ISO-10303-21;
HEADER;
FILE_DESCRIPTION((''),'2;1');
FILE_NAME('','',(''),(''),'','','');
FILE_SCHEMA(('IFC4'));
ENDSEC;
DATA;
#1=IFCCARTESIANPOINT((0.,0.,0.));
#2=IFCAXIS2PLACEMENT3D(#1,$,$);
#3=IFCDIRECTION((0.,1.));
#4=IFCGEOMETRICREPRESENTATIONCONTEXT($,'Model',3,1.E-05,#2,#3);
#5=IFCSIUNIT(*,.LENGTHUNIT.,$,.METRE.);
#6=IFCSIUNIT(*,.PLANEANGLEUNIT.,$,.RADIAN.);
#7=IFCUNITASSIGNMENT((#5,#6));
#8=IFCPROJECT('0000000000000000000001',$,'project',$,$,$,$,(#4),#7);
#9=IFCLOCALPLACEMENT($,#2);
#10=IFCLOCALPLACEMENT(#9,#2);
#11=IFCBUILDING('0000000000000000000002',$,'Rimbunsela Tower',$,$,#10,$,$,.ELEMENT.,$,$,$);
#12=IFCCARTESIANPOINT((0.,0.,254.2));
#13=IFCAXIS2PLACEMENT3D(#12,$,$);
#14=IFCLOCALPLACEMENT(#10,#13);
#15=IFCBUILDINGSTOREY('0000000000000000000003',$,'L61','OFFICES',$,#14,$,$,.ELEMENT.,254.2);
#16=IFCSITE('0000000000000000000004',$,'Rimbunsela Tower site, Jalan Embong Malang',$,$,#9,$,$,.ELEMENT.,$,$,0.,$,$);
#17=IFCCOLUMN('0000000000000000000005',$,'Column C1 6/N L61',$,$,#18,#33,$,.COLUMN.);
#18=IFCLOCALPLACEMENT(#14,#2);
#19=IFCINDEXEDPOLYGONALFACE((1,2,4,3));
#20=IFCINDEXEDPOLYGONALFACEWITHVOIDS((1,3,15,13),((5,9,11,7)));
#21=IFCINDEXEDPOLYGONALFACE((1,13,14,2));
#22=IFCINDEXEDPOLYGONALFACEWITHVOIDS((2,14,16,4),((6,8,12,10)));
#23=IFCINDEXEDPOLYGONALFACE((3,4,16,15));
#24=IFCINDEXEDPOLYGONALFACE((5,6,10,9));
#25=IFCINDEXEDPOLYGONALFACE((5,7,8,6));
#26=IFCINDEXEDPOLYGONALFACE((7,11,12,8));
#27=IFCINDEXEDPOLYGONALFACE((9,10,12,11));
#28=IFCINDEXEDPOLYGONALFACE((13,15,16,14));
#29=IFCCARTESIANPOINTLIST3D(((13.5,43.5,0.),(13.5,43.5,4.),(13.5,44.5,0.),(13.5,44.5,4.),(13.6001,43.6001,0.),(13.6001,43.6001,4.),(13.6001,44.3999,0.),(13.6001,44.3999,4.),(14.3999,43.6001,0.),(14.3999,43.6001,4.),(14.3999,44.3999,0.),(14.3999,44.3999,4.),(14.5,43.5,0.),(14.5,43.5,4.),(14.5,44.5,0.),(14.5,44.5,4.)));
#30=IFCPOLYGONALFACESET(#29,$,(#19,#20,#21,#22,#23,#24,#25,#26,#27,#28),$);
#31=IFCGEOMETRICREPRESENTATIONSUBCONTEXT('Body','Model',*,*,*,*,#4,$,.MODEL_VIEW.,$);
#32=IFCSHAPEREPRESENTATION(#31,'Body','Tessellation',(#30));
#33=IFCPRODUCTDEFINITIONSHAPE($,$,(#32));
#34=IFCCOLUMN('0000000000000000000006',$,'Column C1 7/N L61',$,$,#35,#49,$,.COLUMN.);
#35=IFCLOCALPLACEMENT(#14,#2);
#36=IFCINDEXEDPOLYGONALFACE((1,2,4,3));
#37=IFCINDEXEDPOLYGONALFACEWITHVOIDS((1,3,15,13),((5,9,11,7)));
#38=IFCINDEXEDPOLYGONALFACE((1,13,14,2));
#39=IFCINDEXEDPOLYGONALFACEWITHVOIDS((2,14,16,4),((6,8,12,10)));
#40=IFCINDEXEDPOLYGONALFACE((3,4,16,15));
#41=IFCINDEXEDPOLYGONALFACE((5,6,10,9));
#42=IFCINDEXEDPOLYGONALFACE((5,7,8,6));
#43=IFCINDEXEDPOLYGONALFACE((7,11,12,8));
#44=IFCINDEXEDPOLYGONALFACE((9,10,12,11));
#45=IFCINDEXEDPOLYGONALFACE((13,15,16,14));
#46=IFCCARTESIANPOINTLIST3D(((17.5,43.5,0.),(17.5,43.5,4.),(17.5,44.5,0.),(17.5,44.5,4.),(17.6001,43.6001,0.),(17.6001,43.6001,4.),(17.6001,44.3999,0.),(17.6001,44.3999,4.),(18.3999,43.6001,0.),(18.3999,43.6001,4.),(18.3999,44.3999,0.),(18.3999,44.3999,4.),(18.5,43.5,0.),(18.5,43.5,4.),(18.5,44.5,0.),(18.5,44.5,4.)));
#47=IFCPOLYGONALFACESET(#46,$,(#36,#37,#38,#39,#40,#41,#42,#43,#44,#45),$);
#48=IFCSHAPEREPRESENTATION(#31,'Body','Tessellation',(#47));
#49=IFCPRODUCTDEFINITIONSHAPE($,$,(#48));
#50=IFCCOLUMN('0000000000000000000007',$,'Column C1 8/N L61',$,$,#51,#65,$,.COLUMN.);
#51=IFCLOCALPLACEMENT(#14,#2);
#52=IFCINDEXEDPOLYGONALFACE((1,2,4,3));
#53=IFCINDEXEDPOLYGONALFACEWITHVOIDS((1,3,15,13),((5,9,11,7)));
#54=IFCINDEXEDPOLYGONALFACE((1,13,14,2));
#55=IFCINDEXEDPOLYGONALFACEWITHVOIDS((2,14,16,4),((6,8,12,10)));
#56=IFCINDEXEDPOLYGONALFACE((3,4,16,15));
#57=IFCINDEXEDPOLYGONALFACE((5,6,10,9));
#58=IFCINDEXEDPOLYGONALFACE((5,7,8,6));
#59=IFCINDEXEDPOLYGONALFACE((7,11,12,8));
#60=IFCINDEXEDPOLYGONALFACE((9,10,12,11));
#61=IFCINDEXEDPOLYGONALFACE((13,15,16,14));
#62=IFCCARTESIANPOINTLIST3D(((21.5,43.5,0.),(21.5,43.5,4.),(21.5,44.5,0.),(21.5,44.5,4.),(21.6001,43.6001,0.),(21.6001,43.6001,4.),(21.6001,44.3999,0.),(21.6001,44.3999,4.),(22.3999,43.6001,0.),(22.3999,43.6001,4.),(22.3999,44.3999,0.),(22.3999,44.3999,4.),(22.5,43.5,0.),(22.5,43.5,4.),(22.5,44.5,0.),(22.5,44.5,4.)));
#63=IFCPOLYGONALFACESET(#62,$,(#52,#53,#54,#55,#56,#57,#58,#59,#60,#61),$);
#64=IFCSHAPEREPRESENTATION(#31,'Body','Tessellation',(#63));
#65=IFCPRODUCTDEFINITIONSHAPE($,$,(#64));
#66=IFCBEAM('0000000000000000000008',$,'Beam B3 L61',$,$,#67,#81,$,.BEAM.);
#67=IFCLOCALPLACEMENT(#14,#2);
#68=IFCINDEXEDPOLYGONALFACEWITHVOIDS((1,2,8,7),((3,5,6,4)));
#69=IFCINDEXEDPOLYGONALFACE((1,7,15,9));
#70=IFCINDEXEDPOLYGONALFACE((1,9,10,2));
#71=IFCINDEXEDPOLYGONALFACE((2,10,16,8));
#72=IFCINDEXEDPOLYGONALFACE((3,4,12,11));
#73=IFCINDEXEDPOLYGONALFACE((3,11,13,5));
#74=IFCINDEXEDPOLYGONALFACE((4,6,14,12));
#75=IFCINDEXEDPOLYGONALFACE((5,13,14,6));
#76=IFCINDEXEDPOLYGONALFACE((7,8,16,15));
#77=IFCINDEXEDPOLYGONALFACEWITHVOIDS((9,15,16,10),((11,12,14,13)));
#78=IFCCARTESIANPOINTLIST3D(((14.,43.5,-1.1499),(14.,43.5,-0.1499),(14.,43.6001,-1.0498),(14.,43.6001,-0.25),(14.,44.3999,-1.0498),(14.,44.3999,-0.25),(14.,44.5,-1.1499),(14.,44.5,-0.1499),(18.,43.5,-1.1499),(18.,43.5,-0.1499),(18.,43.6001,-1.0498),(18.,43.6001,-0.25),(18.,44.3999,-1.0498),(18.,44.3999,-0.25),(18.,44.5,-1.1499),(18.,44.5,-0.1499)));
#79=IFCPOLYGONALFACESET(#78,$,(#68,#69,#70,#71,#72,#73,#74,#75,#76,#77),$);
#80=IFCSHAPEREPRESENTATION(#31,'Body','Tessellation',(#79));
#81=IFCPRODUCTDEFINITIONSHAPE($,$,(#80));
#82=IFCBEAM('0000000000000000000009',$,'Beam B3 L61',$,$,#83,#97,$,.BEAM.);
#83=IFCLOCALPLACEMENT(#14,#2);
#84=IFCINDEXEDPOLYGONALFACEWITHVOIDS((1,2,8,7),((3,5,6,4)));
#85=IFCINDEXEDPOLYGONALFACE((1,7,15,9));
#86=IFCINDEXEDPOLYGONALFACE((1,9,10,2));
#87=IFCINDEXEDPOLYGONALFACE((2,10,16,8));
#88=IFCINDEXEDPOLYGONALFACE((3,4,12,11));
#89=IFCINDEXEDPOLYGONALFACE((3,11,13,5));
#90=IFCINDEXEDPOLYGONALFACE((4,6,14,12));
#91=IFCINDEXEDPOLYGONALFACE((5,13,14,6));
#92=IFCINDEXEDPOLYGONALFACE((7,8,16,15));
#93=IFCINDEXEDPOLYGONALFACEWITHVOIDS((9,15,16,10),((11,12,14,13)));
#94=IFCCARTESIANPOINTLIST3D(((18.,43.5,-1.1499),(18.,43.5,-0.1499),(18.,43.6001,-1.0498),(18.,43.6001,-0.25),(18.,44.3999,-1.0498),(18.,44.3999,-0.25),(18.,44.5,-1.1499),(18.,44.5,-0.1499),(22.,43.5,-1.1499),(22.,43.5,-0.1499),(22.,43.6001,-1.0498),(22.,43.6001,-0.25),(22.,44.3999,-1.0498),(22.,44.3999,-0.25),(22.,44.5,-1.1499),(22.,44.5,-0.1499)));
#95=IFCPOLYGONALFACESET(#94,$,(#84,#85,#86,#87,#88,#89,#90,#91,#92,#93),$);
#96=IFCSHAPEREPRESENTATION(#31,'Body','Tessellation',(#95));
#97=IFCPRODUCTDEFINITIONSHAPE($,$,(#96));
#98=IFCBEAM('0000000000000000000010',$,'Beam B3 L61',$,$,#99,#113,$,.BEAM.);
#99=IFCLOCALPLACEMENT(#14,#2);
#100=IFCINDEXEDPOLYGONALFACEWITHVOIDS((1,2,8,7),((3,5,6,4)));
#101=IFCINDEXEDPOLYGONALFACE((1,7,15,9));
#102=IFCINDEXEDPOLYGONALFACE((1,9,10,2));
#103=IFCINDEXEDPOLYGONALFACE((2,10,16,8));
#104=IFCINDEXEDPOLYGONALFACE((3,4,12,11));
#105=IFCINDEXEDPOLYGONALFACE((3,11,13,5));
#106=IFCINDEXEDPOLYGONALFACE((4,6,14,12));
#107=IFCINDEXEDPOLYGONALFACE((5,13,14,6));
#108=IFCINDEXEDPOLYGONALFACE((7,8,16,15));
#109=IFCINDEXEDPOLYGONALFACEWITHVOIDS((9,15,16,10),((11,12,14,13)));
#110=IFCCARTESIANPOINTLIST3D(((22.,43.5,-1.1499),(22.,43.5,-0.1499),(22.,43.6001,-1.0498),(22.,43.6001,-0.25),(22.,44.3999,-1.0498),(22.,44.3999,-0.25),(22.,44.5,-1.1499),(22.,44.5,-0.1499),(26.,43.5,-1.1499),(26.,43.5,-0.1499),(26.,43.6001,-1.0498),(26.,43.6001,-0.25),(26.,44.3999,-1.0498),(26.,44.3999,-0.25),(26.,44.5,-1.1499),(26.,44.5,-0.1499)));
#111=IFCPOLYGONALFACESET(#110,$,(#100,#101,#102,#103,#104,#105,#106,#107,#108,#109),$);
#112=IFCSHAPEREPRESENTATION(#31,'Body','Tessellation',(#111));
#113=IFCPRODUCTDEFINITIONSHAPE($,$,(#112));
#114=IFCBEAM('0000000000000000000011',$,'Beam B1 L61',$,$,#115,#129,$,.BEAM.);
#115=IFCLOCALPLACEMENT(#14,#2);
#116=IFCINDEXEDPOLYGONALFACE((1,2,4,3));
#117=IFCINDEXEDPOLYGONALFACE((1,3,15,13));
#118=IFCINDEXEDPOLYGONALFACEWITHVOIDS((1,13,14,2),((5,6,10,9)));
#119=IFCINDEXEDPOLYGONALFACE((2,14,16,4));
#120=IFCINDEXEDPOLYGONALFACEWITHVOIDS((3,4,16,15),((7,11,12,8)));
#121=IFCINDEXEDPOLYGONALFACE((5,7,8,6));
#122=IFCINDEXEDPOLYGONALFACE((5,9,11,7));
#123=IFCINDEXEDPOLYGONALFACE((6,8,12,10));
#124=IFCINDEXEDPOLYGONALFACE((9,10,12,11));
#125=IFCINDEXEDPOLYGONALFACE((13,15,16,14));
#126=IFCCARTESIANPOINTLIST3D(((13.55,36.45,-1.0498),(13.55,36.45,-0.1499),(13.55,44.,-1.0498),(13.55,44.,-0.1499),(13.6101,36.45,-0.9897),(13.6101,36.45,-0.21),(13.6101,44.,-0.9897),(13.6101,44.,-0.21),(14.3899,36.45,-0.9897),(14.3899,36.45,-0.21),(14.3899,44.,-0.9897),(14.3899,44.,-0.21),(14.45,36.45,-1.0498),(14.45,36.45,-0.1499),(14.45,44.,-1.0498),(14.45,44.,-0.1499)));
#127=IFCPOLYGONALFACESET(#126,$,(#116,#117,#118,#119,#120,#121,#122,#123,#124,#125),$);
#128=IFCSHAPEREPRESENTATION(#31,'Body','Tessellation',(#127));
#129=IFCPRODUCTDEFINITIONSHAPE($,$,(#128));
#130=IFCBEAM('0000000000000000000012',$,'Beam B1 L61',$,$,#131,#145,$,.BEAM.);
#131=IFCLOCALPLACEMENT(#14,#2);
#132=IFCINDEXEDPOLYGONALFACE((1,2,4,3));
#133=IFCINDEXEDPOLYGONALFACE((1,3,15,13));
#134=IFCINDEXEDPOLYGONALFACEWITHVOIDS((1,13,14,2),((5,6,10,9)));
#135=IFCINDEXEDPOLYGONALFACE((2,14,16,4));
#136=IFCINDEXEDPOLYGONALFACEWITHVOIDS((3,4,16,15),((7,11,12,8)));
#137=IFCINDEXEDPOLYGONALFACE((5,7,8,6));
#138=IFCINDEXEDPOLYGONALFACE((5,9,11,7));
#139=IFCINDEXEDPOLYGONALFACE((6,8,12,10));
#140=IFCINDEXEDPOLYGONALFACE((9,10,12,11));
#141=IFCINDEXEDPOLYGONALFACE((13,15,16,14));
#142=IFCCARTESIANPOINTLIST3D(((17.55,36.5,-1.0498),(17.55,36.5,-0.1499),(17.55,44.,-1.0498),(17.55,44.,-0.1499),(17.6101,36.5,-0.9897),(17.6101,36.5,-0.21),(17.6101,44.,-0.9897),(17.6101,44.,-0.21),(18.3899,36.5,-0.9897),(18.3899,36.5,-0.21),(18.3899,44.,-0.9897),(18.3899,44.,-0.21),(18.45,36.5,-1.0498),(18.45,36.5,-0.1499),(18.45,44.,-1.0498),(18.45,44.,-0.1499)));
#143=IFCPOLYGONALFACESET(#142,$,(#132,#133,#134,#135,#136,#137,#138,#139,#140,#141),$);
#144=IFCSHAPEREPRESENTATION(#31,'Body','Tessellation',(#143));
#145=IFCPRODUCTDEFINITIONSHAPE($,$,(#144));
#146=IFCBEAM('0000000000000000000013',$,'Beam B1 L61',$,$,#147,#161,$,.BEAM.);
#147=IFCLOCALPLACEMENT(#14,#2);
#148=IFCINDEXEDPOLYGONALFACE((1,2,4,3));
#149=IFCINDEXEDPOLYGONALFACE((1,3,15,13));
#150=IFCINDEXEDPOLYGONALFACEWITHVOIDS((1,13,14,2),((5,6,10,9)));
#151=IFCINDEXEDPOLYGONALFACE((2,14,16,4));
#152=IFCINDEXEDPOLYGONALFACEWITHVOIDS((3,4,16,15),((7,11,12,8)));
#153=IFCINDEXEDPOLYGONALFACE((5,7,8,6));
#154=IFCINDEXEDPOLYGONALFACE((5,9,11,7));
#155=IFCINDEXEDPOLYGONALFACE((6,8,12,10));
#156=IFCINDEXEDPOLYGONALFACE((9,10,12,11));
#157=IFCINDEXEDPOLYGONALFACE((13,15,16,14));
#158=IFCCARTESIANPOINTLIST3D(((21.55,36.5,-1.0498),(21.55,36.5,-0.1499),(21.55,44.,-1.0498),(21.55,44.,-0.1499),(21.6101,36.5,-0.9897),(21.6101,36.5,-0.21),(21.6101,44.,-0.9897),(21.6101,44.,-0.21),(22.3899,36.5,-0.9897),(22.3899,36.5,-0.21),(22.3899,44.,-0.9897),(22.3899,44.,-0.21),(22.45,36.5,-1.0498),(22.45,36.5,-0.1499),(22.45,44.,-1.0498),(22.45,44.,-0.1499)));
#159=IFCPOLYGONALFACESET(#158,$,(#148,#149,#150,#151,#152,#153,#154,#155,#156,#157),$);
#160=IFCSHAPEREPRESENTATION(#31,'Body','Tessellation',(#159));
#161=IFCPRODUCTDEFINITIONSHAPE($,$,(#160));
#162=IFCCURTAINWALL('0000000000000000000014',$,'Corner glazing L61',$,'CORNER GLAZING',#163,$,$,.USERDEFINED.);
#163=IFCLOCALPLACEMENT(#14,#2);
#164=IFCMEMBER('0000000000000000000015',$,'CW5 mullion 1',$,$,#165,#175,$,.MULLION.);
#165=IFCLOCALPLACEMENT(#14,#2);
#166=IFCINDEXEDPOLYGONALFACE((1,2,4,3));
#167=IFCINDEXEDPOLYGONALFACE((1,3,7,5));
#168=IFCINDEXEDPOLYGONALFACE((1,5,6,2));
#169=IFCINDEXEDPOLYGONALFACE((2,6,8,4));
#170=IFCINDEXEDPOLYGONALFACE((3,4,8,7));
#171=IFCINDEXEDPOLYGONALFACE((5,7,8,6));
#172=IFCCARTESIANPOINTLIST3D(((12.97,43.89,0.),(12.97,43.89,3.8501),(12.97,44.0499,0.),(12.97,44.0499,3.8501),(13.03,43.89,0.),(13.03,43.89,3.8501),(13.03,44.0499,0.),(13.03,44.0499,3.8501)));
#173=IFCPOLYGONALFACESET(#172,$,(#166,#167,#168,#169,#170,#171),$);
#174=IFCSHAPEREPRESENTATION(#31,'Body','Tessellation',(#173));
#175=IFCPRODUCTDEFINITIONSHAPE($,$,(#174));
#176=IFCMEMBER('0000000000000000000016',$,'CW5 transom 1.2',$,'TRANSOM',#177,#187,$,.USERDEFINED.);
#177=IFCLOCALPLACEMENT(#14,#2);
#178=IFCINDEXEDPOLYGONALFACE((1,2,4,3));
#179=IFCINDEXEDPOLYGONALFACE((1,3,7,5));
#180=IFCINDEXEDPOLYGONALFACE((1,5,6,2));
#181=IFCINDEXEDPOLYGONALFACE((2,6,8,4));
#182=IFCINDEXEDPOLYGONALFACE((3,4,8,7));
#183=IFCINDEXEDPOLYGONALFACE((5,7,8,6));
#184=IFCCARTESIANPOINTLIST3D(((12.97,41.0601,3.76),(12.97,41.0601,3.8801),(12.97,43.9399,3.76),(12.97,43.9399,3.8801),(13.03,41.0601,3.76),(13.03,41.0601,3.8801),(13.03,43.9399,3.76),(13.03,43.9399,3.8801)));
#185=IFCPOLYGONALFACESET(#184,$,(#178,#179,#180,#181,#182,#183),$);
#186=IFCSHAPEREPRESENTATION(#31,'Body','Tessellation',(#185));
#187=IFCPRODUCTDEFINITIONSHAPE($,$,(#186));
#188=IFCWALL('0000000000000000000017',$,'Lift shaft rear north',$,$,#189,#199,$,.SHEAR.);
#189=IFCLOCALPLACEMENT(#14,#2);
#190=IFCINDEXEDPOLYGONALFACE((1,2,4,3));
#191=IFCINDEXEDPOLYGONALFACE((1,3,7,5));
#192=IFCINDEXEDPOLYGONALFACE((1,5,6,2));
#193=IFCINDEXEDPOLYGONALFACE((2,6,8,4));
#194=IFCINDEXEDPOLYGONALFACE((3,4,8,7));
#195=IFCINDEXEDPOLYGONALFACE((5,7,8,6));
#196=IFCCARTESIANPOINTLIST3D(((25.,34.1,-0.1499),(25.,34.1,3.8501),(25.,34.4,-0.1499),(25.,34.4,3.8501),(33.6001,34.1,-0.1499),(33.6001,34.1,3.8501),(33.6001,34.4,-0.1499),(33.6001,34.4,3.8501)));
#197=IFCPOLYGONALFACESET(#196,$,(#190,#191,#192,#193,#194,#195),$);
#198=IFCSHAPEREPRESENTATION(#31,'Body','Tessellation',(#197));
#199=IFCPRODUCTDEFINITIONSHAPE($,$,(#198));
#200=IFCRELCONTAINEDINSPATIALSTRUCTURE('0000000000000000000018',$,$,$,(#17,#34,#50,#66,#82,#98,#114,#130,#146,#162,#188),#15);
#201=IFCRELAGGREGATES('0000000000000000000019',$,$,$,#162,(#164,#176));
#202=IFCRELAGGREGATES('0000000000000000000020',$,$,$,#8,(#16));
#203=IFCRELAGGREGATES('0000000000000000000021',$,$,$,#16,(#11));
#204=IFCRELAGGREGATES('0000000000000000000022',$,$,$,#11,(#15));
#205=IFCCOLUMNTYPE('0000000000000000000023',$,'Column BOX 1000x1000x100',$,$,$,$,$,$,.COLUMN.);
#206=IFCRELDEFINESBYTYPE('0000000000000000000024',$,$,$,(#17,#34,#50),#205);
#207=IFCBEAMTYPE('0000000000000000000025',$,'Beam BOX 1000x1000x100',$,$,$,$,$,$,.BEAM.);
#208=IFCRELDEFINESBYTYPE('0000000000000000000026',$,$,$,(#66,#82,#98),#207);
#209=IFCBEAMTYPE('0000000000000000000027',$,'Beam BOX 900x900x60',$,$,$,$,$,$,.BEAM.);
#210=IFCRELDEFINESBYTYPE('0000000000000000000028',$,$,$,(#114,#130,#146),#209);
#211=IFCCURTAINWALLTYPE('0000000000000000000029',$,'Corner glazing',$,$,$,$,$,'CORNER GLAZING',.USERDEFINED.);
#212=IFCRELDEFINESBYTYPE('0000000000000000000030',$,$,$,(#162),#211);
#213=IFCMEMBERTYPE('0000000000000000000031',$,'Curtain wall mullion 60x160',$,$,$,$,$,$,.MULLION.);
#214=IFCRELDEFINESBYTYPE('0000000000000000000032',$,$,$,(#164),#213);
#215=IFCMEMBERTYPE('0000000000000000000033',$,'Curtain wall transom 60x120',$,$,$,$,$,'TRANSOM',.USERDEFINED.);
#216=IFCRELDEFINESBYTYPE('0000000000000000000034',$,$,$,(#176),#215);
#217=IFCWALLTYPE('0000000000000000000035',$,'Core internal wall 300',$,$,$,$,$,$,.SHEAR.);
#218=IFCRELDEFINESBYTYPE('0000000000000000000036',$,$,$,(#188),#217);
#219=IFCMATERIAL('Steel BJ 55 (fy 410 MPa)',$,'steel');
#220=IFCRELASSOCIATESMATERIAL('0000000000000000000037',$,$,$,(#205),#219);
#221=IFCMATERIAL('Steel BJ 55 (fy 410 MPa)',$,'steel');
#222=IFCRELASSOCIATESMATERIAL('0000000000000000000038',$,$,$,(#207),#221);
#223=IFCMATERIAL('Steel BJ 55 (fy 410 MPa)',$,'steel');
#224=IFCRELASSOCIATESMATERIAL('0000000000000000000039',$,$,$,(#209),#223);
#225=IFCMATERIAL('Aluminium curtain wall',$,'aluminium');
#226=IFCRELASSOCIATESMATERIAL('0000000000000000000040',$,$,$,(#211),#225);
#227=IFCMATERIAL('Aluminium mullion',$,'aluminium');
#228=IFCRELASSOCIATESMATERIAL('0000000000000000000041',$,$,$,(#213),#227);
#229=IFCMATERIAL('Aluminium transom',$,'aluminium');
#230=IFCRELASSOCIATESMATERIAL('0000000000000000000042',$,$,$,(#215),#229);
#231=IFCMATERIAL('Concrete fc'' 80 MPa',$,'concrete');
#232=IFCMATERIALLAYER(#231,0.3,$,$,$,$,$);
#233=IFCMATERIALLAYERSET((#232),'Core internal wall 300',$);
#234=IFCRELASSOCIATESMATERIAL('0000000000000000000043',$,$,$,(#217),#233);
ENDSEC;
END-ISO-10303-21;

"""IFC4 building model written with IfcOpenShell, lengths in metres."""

from ifc_helpers import new_model, si_unit, direction, frame, frame_2d, origin, origin_2d, place, context, subcontext, project, spatial, rectangle, hollow_rectangle, extrude, material, layer, layer_set, material_profile, profile_set, type_object, element, aggregate, save


model = new_model("IFC4")

# Units and contexts
model_context = context("Model", 3, precision=1e-05, world=origin(), true_north=direction((0.0, 1.0)))
body_context = subcontext(model_context, "Body", "Model", "MODEL_VIEW")
ifc_project = project(units=[si_unit("LENGTHUNIT", "METRE"), si_unit("PLANEANGLEUNIT", "RADIAN")], contexts=[model_context])

# Site, building, storey
site_placement = place(None, origin())
site = spatial("IfcSite", under=ifc_project, at=site_placement, Name="Rimbunsela Tower site, Jalan Embong Malang", CompositionType="ELEMENT", RefElevation=0.0)
building_placement = place(site_placement, origin())
building = spatial("IfcBuilding", under=site, at=building_placement, Name="Rimbunsela Tower", CompositionType="ELEMENT")
storey_placement = place(building_placement, frame((0.0, 0.0, 254.2)))
storey = spatial("IfcBuildingStorey", under=building, at=storey_placement, Name="L61", Description="OFFICES", CompositionType="ELEMENT", Elevation=254.2)

# Columns
ifc_material_1 = material(Name="Steel BJ 55 (fy 410 MPa)", Category="steel")
ifc_material_profile_1 = material_profile(ifc_material_1, hollow_rectangle(XDim=1.0, YDim=1.0, WallThickness=0.1001, at=origin_2d()), Name="BOX 1000x1000x100")
ifc_profile_set_1 = profile_set([ifc_material_profile_1], Name="Steel BJ 55 (fy 410 MPa)")
column_type = type_object("IfcColumnType", Name="Column BOX 1000x1000x100", PredefinedType="COLUMN", material=ifc_profile_set_1)
for number, where, z_axis, x_axis, name in (
    (1, (14.0, 44.0, 0.0), (0.0, 0.0, 1.0), (1.0, 0.0, 0.0), "Column C1 6/N L61"),
    (2, (18.0, 44.0, 0.0), (0.0, 0.0, 1.0), (1.0, 0.0, 0.0), "Column C1 7/N L61"),
    (3, (22.0, 44.0, 0.0), (0.0, 0.0, 1.0), (1.0, 0.0, 0.0), "Column C1 8/N L61"),
):
    element("IfcColumn", number, at=place(storey_placement, frame(where, z_axis=z_axis, x_axis=x_axis)), inside=storey, type_object=column_type, Name=name, PredefinedType="COLUMN", context=body_context, shape_type="SweptSolid", body=[
        extrude(hollow_rectangle(XDim=1.0, YDim=1.0, WallThickness=0.1001, at=origin_2d()), origin(), (0.0, 0.0, 1.0), 4.0),
    ])

# Beams
ifc_material_2 = material(Name="Steel BJ 55 (fy 410 MPa)", Category="steel")
ifc_material_profile_2 = material_profile(ifc_material_2, hollow_rectangle(XDim=1.0, YDim=1.0, WallThickness=0.1001, at=origin_2d()), Name="BOX 1000x1000x100")
ifc_profile_set_2 = profile_set([ifc_material_profile_2], Name="Steel BJ 55 (fy 410 MPa)")
beam_type_1 = type_object("IfcBeamType", Name="Beam BOX 1000x1000x100", PredefinedType="BEAM", material=ifc_profile_set_2)
for number, where, z_axis, x_axis, name in (
    (4, (14.0, 44.0, -0.6499), (1.0, 0.0, 0.0), (0.0, 1.0, 0.0), "Beam B3 L61"),
    (5, (18.0, 44.0, -0.6499), (1.0, 0.0, 0.0), (0.0, 1.0, 0.0), "Beam B3 L61"),
    (6, (22.0, 44.0, -0.6499), (1.0, 0.0, 0.0), (0.0, 1.0, 0.0), "Beam B3 L61"),
):
    element("IfcBeam", number, at=place(storey_placement, frame(where, z_axis=z_axis, x_axis=x_axis)), inside=storey, type_object=beam_type_1, Name=name, PredefinedType="BEAM", context=body_context, shape_type="SweptSolid", body=[
        extrude(hollow_rectangle(XDim=1.0, YDim=1.0, WallThickness=0.1001, at=origin_2d()), origin(), (0.0, 0.0, 1.0), 4.0),
    ])
ifc_material_3 = material(Name="Steel BJ 55 (fy 410 MPa)", Category="steel")
ifc_material_profile_3 = material_profile(ifc_material_3, hollow_rectangle(XDim=0.8999, YDim=0.8999, WallThickness=0.0601, at=origin_2d()), Name="BOX 900x900x60")
ifc_profile_set_3 = profile_set([ifc_material_profile_3], Name="Steel BJ 55 (fy 410 MPa)")
beam_type_2 = type_object("IfcBeamType", Name="Beam BOX 900x900x60", PredefinedType="BEAM", material=ifc_profile_set_3)
beam_placement = place(storey_placement, frame((14.0, 36.45, -0.5999), z_axis=(0.0, 1.0, 0.0), x_axis=(-1.0, 0.0, 0.0)))
element("IfcBeam", 7, at=beam_placement, inside=storey, type_object=beam_type_2, Name="Beam B1 L61", PredefinedType="BEAM", context=body_context, shape_type="SweptSolid", body=[
    extrude(hollow_rectangle(XDim=0.8999, YDim=0.8999, WallThickness=0.0601, at=origin_2d()), origin(), (0.0, 0.0, 1.0), 7.55),
])
for number, where, z_axis, x_axis, name in (
    (8, (18.0, 36.5, -0.5999), (0.0, 1.0, 0.0), (-1.0, 0.0, 0.0), "Beam B1 L61"),
    (9, (22.0, 36.5, -0.5999), (0.0, 1.0, 0.0), (-1.0, 0.0, 0.0), "Beam B1 L61"),
):
    element("IfcBeam", number, at=place(storey_placement, frame(where, z_axis=z_axis, x_axis=x_axis)), inside=storey, type_object=beam_type_2, Name=name, PredefinedType="BEAM", context=body_context, shape_type="SweptSolid", body=[
        extrude(hollow_rectangle(XDim=0.8999, YDim=0.8999, WallThickness=0.0601, at=origin_2d()), origin(), (0.0, 0.0, 1.0), 7.5),
    ])

# Curtain wall, members
ifc_material_4 = material(Name="Aluminium curtain wall", Category="aluminium")
curtain_wall_type = type_object("IfcCurtainWallType", Name="Corner glazing", ElementType="CORNER GLAZING", PredefinedType="USERDEFINED", material=ifc_material_4)
curtain_wall_placement = place(storey_placement, origin())
curtain_wall = element("IfcCurtainWall", 10, at=curtain_wall_placement, inside=storey, type_object=curtain_wall_type, Name="Corner glazing L61", ObjectType="CORNER GLAZING", PredefinedType="USERDEFINED")
ifc_material_5 = material(Name="Aluminium mullion", Category="aluminium")
ifc_material_profile_4 = material_profile(ifc_material_5, rectangle(XDim=0.0601, YDim=0.1599, at=origin_2d()), Name="Mullion 60x160")
ifc_profile_set_4 = profile_set([ifc_material_profile_4], Name="Aluminium mullion")
member_type_1 = type_object("IfcMemberType", Name="Curtain wall mullion 60x160", PredefinedType="MULLION", material=ifc_profile_set_4)
member_1_placement = place(storey_placement, frame((13.0, 43.97, 0.0), z_axis=(0.0, 0.0, 1.0), x_axis=(1.0, 0.0, 0.0)))
member_1 = element("IfcMember", 11, at=member_1_placement, type_object=member_type_1, Name="CW5 mullion 1", PredefinedType="MULLION", context=body_context, shape_type="SweptSolid", body=[
    extrude(rectangle(XDim=0.0601, YDim=0.1599, at=origin_2d()), origin(), (0.0, 0.0, 1.0), 3.8501),
])
ifc_material_6 = material(Name="Aluminium transom", Category="aluminium")
ifc_material_profile_5 = material_profile(ifc_material_6, rectangle(XDim=0.0601, YDim=0.1201, at=origin_2d()), Name="Transom 60x120")
ifc_profile_set_5 = profile_set([ifc_material_profile_5], Name="Aluminium transom")
member_type_2 = type_object("IfcMemberType", Name="Curtain wall transom 60x120", ElementType="TRANSOM", PredefinedType="USERDEFINED", material=ifc_profile_set_5)
member_2_placement = place(storey_placement, frame((13.0, 43.9399, 3.8201), z_axis=(0.0, -1.0, 0.0), x_axis=(1.0, 0.0, 0.0)))
member_2 = element("IfcMember", 12, at=member_2_placement, type_object=member_type_2, Name="CW5 transom 1.2", ObjectType="TRANSOM", PredefinedType="USERDEFINED", context=body_context, shape_type="SweptSolid", body=[
    extrude(rectangle(XDim=0.0601, YDim=0.1201, at=origin_2d()), origin(), (0.0, 0.0, 1.0), 2.8799),
])
aggregate(curtain_wall, [member_1, member_2])

# Wall
ifc_material_7 = material(Name="Concrete fc' 80 MPa", Category="concrete")
ifc_layer_1 = layer(ifc_material_7, 0.3)
ifc_layer_set_1 = layer_set([ifc_layer_1], Name="Core internal wall 300")
wall_type_1 = type_object("IfcWallType", Name="Core internal wall 300", PredefinedType="SHEAR", material=ifc_layer_set_1)
wall_1_placement = place(storey_placement, frame((25.0, 34.25, -0.1499), z_axis=(0.0, 0.0, 1.0), x_axis=(1.0, 0.0, 0.0)))
element("IfcWall", 13, at=wall_1_placement, inside=storey, type_object=wall_type_1, Name="Lift shaft rear north", PredefinedType="SHEAR", context=body_context, shape_type="SweptSolid", body=[
    extrude(rectangle(XDim=8.6001, YDim=0.3, at=frame_2d((4.3, 0.0))), origin(), (0.0, 0.0, 1.0), 4.0),
])

save(model, "model.ifc")
